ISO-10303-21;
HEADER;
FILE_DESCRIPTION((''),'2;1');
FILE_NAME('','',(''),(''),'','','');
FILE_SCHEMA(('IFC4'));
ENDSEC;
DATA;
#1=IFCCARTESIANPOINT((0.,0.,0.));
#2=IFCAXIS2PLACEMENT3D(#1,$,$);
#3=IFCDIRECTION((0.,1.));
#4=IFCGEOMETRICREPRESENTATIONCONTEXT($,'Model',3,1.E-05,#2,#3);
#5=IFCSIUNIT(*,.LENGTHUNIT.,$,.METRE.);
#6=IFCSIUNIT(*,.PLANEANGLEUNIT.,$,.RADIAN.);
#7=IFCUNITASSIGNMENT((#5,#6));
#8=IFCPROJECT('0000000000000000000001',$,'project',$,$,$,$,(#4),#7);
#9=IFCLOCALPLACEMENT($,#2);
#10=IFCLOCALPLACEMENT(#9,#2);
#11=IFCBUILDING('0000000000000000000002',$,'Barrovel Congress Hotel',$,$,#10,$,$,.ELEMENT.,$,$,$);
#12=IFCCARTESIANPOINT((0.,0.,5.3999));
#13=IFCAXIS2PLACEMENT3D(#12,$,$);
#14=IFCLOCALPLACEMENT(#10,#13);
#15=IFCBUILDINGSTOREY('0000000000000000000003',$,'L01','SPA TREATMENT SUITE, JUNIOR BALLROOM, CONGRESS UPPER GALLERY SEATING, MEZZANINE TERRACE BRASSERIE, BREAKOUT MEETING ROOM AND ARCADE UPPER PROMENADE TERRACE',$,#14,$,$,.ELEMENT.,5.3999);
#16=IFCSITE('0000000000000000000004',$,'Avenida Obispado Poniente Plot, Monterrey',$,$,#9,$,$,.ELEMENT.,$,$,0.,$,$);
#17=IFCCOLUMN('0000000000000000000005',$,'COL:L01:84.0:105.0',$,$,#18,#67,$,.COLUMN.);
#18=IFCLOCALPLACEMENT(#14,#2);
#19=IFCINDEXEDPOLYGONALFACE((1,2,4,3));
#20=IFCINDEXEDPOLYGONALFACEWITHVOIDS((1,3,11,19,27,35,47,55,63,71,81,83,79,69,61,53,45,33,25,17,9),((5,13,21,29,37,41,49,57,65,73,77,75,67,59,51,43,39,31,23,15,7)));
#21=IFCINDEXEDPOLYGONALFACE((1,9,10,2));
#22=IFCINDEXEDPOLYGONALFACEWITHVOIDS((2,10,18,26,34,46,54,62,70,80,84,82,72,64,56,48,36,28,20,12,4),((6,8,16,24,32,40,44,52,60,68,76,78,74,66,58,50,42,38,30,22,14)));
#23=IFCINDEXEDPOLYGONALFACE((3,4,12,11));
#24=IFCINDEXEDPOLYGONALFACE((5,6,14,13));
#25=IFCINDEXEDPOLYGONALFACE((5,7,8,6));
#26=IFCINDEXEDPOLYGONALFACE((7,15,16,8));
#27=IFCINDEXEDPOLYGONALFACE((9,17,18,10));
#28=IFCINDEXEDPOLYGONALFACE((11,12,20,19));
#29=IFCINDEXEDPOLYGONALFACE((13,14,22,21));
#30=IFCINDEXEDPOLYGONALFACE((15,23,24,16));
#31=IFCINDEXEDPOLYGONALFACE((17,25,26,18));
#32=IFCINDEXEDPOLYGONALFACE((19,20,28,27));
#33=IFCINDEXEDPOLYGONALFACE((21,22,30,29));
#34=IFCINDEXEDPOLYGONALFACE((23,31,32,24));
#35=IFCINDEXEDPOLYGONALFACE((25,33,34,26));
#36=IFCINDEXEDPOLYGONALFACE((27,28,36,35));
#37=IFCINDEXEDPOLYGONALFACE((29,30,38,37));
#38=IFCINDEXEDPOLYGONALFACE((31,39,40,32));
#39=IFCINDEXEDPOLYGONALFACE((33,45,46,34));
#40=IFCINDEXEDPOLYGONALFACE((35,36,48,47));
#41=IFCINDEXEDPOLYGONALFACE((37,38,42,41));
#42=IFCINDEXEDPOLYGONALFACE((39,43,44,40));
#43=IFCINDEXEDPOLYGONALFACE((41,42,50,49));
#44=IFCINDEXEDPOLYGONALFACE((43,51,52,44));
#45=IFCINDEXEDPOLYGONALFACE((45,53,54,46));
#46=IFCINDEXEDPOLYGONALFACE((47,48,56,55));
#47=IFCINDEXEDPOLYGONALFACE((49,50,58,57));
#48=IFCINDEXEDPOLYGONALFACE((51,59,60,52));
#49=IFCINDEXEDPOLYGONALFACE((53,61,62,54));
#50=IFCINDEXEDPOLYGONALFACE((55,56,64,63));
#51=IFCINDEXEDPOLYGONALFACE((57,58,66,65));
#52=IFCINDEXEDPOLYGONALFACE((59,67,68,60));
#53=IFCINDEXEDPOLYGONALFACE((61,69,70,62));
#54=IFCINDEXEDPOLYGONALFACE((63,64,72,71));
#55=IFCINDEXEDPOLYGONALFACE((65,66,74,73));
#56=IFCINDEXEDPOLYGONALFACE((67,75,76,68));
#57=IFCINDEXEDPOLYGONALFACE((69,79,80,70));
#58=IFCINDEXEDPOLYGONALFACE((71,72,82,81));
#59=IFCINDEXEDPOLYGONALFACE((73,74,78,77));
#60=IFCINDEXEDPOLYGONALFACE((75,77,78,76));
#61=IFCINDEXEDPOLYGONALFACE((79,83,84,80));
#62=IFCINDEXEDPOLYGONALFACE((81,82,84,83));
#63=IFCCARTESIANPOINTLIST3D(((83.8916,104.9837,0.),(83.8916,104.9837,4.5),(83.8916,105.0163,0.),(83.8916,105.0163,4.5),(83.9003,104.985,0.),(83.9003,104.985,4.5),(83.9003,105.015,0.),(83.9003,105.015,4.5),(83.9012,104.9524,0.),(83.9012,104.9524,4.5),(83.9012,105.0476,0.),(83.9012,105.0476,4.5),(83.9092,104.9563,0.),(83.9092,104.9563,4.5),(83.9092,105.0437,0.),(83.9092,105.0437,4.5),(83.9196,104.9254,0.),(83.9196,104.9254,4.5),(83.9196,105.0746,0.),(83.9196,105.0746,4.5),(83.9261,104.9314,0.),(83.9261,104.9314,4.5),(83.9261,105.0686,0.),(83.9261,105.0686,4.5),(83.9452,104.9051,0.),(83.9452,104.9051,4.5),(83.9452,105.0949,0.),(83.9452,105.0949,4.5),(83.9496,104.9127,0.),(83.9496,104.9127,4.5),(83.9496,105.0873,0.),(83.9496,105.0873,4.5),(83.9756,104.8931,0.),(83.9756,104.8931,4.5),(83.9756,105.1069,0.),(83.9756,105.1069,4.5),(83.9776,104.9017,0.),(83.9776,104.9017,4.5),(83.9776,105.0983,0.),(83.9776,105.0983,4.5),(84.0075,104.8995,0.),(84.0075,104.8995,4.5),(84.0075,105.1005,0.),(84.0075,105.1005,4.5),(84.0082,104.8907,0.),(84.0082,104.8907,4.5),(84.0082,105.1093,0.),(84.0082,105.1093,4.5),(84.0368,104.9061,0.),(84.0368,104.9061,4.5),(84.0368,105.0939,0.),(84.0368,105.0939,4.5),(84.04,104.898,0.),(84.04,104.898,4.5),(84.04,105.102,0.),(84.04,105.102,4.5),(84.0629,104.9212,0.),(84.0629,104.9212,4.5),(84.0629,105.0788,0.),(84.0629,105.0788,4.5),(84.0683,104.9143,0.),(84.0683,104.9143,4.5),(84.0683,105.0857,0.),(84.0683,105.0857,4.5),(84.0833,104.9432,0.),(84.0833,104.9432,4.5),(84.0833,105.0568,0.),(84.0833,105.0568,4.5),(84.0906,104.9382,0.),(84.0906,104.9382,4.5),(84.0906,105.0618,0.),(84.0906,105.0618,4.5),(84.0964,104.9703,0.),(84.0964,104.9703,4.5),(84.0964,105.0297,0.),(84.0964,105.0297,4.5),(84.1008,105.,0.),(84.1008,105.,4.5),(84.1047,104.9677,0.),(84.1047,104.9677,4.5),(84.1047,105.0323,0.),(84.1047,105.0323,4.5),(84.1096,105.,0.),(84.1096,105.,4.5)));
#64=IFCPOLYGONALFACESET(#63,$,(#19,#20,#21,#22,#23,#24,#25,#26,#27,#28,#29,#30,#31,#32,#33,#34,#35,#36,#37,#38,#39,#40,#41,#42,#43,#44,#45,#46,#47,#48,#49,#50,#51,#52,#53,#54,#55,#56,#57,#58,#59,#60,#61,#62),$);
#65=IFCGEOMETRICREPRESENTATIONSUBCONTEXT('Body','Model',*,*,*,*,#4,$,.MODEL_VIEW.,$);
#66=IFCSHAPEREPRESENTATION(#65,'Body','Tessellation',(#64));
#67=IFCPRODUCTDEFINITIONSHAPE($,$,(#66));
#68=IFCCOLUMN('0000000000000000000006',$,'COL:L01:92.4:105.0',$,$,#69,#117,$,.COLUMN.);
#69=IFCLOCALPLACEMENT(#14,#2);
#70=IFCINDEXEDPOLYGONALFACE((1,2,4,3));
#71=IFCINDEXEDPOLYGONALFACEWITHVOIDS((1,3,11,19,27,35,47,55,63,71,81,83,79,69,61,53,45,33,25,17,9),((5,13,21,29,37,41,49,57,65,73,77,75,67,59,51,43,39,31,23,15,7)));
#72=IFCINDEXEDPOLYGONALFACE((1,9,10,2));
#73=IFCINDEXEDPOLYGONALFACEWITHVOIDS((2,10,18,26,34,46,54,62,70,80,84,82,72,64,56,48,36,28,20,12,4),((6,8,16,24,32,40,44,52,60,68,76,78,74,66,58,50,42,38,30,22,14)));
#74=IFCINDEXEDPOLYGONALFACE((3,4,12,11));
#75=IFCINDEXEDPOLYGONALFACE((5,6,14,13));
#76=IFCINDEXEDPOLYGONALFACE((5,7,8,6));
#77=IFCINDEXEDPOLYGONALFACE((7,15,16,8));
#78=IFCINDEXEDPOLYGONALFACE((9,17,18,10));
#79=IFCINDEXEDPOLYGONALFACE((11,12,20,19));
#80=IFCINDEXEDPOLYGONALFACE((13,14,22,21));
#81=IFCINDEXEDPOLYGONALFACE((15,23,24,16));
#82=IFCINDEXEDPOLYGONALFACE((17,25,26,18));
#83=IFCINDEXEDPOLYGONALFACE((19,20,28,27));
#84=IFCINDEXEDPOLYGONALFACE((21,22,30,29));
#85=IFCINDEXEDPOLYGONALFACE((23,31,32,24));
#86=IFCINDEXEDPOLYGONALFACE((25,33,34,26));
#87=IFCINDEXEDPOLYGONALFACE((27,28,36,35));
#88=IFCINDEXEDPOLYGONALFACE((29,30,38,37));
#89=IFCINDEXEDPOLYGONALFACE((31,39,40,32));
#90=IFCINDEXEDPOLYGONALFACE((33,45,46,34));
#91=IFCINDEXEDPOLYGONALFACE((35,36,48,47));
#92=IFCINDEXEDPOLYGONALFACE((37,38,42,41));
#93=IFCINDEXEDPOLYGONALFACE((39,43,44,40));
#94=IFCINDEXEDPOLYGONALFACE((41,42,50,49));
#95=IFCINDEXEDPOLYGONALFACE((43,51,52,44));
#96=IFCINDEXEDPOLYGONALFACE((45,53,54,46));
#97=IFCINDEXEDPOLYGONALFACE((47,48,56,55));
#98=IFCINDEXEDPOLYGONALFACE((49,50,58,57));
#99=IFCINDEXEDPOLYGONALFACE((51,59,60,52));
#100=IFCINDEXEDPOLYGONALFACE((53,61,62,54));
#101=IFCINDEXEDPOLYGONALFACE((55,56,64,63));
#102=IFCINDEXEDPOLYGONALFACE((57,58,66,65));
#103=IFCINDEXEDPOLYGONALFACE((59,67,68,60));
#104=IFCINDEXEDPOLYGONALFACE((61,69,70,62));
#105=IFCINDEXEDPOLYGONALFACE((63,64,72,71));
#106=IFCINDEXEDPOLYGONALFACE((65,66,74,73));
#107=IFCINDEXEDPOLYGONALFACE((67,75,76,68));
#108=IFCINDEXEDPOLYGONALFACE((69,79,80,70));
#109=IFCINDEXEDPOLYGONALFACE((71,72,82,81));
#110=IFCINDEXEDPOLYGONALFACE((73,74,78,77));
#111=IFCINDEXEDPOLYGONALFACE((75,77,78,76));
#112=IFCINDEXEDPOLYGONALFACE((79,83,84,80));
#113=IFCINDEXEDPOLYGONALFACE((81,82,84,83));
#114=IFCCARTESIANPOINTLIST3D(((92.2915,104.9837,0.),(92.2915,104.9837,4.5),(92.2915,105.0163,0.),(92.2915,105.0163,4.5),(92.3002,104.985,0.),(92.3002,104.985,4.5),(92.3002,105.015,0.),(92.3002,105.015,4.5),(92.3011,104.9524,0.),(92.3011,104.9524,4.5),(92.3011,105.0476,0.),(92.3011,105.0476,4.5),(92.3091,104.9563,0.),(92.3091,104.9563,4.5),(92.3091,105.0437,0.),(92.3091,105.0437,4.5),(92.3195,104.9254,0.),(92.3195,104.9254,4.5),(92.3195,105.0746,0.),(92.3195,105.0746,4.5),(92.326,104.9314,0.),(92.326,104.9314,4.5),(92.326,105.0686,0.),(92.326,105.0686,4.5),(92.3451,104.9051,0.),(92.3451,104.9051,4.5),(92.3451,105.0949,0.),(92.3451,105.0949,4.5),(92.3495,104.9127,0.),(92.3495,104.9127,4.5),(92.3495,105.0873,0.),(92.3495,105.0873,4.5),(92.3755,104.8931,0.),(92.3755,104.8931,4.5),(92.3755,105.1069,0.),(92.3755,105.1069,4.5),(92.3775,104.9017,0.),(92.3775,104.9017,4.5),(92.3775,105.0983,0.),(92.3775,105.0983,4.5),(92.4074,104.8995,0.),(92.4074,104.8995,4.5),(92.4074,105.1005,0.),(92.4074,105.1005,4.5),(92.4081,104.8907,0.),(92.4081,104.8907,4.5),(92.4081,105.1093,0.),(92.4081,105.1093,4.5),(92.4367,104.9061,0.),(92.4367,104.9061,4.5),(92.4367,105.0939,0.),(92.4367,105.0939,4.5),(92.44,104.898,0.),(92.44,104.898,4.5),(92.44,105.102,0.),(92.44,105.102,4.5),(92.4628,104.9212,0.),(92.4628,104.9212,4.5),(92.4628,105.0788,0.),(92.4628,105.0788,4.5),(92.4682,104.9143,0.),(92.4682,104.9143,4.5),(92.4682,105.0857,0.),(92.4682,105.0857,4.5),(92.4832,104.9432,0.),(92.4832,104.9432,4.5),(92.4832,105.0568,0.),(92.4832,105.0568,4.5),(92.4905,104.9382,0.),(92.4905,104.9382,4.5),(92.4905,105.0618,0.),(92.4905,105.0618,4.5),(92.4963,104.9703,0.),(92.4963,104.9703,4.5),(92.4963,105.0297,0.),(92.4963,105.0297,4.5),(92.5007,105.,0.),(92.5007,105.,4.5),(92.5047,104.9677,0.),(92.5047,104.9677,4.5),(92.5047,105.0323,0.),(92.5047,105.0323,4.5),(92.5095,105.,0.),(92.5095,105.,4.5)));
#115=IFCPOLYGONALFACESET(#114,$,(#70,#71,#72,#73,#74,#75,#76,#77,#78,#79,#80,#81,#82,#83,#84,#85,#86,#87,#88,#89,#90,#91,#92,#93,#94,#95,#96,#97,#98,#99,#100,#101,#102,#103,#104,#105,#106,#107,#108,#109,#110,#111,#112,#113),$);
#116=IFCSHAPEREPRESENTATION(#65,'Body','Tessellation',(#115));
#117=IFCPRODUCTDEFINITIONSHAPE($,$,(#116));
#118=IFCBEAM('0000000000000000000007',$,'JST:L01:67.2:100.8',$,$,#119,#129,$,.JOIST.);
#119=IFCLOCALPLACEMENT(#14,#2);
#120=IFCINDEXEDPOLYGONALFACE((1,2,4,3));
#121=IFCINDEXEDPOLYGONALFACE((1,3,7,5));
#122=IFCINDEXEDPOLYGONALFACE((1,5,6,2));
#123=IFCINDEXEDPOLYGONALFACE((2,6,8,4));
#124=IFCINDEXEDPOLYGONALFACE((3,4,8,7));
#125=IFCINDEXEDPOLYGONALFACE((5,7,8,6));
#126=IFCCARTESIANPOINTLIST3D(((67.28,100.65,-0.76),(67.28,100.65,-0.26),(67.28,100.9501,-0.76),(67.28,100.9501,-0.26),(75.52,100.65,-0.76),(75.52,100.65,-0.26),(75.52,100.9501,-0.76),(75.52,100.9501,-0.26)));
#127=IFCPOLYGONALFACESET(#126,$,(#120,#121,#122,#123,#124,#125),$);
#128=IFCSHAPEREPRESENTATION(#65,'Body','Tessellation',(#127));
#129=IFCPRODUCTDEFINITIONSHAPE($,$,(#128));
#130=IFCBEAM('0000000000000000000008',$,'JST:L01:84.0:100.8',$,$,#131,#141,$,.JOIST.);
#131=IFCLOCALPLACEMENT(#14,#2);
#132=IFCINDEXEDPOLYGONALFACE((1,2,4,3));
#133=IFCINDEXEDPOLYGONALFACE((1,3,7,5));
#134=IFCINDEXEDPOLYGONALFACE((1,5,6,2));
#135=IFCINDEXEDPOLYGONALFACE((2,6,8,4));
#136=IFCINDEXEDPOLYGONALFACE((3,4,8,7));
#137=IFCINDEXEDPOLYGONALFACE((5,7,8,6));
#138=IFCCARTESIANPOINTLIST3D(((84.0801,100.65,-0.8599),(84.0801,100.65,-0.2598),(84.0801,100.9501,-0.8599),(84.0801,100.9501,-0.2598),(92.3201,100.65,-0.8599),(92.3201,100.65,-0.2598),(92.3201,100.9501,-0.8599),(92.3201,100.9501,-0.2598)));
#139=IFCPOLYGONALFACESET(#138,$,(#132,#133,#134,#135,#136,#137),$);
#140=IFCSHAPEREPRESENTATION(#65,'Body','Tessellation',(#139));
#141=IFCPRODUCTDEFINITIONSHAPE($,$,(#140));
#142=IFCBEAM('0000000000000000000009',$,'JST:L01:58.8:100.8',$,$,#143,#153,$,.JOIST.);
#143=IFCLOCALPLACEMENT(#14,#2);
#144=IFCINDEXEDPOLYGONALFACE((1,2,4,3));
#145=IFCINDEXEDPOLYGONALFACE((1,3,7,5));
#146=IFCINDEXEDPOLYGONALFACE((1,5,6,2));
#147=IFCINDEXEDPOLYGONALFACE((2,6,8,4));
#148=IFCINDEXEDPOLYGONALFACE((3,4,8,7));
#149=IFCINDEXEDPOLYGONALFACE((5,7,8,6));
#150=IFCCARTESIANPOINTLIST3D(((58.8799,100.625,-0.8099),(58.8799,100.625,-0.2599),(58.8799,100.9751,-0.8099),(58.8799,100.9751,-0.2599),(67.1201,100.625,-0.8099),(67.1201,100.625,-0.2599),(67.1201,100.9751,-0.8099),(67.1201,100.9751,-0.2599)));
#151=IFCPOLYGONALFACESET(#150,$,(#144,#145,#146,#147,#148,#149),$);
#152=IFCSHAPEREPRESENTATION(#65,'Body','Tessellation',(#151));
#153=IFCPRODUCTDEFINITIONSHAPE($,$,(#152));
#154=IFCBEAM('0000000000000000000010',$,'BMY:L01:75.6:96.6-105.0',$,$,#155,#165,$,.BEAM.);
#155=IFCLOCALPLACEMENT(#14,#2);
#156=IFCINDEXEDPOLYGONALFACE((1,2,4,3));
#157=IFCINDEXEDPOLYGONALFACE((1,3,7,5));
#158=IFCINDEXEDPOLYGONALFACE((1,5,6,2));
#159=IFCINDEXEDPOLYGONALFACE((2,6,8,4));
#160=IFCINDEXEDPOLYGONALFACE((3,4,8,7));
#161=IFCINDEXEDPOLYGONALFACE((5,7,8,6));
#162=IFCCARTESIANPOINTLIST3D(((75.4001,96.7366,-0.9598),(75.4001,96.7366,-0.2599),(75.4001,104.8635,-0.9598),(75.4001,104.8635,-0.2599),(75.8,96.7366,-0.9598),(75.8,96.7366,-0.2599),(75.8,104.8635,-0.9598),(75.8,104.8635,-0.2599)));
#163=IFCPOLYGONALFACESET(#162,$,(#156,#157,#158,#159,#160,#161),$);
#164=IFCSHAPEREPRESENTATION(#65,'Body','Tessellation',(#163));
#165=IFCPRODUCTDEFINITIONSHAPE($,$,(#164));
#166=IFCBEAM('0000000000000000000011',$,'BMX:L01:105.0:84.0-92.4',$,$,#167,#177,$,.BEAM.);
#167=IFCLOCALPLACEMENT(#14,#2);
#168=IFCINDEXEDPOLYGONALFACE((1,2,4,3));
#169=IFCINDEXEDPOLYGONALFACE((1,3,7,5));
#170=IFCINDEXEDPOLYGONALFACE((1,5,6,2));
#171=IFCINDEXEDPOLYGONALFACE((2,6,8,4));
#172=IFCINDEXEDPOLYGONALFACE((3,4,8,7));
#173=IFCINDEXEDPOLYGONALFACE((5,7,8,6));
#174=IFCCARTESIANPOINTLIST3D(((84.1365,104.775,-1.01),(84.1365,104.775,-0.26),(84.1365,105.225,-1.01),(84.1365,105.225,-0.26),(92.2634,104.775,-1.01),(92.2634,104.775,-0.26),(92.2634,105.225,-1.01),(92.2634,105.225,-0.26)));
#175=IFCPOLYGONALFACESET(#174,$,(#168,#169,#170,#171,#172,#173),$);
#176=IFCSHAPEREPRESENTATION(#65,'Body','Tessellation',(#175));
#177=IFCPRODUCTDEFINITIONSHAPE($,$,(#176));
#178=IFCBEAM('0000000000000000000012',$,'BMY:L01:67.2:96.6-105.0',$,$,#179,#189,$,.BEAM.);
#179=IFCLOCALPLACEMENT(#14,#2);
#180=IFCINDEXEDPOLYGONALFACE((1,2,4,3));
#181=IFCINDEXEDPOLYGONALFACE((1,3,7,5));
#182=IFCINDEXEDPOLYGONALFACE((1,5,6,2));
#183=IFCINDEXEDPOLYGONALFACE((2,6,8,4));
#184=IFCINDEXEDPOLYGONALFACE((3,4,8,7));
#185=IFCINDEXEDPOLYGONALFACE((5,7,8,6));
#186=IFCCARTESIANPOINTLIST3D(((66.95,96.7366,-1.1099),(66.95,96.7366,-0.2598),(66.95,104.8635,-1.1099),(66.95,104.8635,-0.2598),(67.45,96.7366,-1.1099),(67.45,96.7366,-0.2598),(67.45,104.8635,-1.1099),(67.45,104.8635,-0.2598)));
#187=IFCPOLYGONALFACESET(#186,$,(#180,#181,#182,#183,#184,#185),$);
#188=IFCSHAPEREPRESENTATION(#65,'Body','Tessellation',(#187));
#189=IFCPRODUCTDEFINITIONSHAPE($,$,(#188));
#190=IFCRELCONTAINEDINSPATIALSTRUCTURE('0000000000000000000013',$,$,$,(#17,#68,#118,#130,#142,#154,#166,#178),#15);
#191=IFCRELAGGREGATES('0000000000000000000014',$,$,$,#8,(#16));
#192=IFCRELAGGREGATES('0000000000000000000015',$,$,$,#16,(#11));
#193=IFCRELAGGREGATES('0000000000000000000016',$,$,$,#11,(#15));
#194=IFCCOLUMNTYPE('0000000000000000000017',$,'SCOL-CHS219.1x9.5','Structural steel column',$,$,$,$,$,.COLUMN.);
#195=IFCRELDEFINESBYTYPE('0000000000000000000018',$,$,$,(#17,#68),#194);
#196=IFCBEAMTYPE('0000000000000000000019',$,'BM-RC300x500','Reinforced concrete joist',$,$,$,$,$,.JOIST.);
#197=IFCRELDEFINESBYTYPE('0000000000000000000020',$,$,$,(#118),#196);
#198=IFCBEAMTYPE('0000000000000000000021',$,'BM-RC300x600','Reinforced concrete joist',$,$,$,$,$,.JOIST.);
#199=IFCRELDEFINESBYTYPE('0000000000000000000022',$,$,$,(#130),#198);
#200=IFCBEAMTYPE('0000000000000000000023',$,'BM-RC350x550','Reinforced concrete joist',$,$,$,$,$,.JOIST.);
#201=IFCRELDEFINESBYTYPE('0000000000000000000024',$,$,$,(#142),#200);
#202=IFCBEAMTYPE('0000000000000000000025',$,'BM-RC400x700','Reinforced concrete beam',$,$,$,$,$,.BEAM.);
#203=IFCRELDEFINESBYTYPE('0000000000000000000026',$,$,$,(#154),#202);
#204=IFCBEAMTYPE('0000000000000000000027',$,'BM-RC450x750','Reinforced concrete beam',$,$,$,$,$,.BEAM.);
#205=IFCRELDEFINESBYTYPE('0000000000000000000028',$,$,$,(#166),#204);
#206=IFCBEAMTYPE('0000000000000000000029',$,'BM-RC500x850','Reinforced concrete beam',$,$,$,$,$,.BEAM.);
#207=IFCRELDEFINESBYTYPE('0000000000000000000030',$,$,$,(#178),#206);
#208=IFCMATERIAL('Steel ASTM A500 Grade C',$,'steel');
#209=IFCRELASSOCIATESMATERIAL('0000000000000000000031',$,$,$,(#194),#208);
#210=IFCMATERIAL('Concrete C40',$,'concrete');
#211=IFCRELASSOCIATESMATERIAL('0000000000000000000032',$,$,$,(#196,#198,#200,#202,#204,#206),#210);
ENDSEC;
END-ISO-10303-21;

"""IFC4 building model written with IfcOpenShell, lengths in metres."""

from ifc_helpers import new_model, si_unit, direction, frame, origin, origin_2d, place, context, subcontext, project, spatial, rectangle, hollow_circle, extrude, material, material_profile, profile_set, type_object, element, save


model = new_model("IFC4")

# Units and contexts
model_context = context("Model", 3, precision=1e-05, world=origin(), true_north=direction((0.0, 1.0)))
body_context = subcontext(model_context, "Body", "Model", "MODEL_VIEW")
ifc_project = project(units=[si_unit("LENGTHUNIT", "METRE"), si_unit("PLANEANGLEUNIT", "RADIAN")], contexts=[model_context])

# Site, building, storey
site_placement = place(None, origin())
site = spatial("IfcSite", under=ifc_project, at=site_placement, Name="Avenida Obispado Poniente Plot, Monterrey", CompositionType="ELEMENT", RefElevation=0.0)
building_placement = place(site_placement, origin())
building = spatial("IfcBuilding", under=site, at=building_placement, Name="Barrovel Congress Hotel", CompositionType="ELEMENT")
storey_placement = place(building_placement, frame((0.0, 0.0, 5.3999)))
storey = spatial("IfcBuildingStorey", under=building, at=storey_placement, Name="L01", Description="SPA TREATMENT SUITE, JUNIOR BALLROOM, CONGRESS UPPER GALLERY SEATING, MEZZANINE TERRACE BRASSERIE, BREAKOUT MEETING ROOM AND ARCADE UPPER PROMENADE TERRACE", CompositionType="ELEMENT", Elevation=5.3999)

# Columns
ifc_material_1 = material(Name="Concrete C40", Category="concrete")
ifc_material_2 = material(Name="Steel ASTM A500 Grade C", Category="steel")
ifc_material_profile_1 = material_profile(ifc_material_2, hollow_circle(Radius=0.1096, WallThickness=0.0088, at=origin_2d()), Name="CHS219.1x9.5")
ifc_profile_set_1 = profile_set([ifc_material_profile_1], Name="Steel ASTM A500 Grade C")
column_type_1 = type_object("IfcColumnType", Name="SCOL-CHS219.1x9.5", Description="Structural steel column", PredefinedType="COLUMN", material=ifc_profile_set_1)
for number, where, z_axis, x_axis, name in (
    (1, (84.0, 105.0, 0.0), (0.0, 0.0, 1.0), (1.0, 0.0, 0.0), "COL:L01:84.0:105.0"),
    (2, (92.3999, 105.0, 0.0), (0.0, 0.0, 1.0), (1.0, 0.0, 0.0), "COL:L01:92.4:105.0"),
):
    element("IfcColumn", number, at=place(storey_placement, frame(where, z_axis=z_axis, x_axis=x_axis)), inside=storey, type_object=column_type_1, Name=name, PredefinedType="COLUMN", context=body_context, shape_type="SweptSolid", body=[
        extrude(hollow_circle(Radius=0.1096, WallThickness=0.0088, at=origin_2d()), origin(), (0.0, 0.0, 1.0), 4.5),
    ])

# Beams
ifc_material_profile_2 = material_profile(ifc_material_1, rectangle(XDim=0.3, YDim=0.5, at=origin_2d()), Name="RC300x500")
ifc_profile_set_2 = profile_set([ifc_material_profile_2], Name="Concrete C40")
beam_type_1 = type_object("IfcBeamType", Name="BM-RC300x500", Description="Reinforced concrete joist", PredefinedType="JOIST", material=ifc_profile_set_2)
beam_1_placement = place(storey_placement, frame((67.28, 100.8, -0.51), z_axis=(1.0, 0.0, 0.0), x_axis=(0.0, 1.0, 0.0)))
element("IfcBeam", 3, at=beam_1_placement, inside=storey, type_object=beam_type_1, Name="JST:L01:67.2:100.8", PredefinedType="JOIST", context=body_context, shape_type="SweptSolid", body=[
    extrude(rectangle(XDim=0.3, YDim=0.5, at=origin_2d()), origin(), (0.0, 0.0, 1.0), 8.24),
])
ifc_material_profile_3 = material_profile(ifc_material_1, rectangle(XDim=0.3, YDim=0.6001, at=origin_2d()), Name="RC300x600")
ifc_profile_set_3 = profile_set([ifc_material_profile_3], Name="Concrete C40")
beam_type_2 = type_object("IfcBeamType", Name="BM-RC300x600", Description="Reinforced concrete joist", PredefinedType="JOIST", material=ifc_profile_set_3)
beam_2_placement = place(storey_placement, frame((84.0801, 100.8, -0.5598), z_axis=(1.0, 0.0, 0.0), x_axis=(0.0, 1.0, 0.0)))
element("IfcBeam", 4, at=beam_2_placement, inside=storey, type_object=beam_type_2, Name="JST:L01:84.0:100.8", PredefinedType="JOIST", context=body_context, shape_type="SweptSolid", body=[
    extrude(rectangle(XDim=0.3, YDim=0.6001, at=origin_2d()), origin(), (0.0, 0.0, 1.0), 8.24),
])
ifc_material_profile_4 = material_profile(ifc_material_1, rectangle(XDim=0.3501, YDim=0.55, at=origin_2d()), Name="RC350x550")
ifc_profile_set_4 = profile_set([ifc_material_profile_4], Name="Concrete C40")
beam_type_3 = type_object("IfcBeamType", Name="BM-RC350x550", Description="Reinforced concrete joist", PredefinedType="JOIST", material=ifc_profile_set_4)
beam_3_placement = place(storey_placement, frame((58.8799, 100.8, -0.5349), z_axis=(1.0, 0.0, 0.0), x_axis=(0.0, 1.0, 0.0)))
element("IfcBeam", 5, at=beam_3_placement, inside=storey, type_object=beam_type_3, Name="JST:L01:58.8:100.8", PredefinedType="JOIST", context=body_context, shape_type="SweptSolid", body=[
    extrude(rectangle(XDim=0.3501, YDim=0.55, at=origin_2d()), origin(), (0.0, 0.0, 1.0), 8.2402),
])
ifc_material_profile_5 = material_profile(ifc_material_1, rectangle(XDim=0.3999, YDim=0.7, at=origin_2d()), Name="RC400x700")
ifc_profile_set_5 = profile_set([ifc_material_profile_5], Name="Concrete C40")
beam_type_4 = type_object("IfcBeamType", Name="BM-RC400x700", Description="Reinforced concrete beam", PredefinedType="BEAM", material=ifc_profile_set_5)
beam_4_placement = place(storey_placement, frame((75.6001, 96.7366, -0.6099), z_axis=(0.0, 1.0, 0.0), x_axis=(-1.0, 0.0, 0.0)))
element("IfcBeam", 6, at=beam_4_placement, inside=storey, type_object=beam_type_4, Name="BMY:L01:75.6:96.6-105.0", PredefinedType="BEAM", context=body_context, shape_type="SweptSolid", body=[
    extrude(rectangle(XDim=0.3999, YDim=0.7, at=origin_2d()), origin(), (0.0, 0.0, 1.0), 8.127),
])
ifc_material_profile_6 = material_profile(ifc_material_1, rectangle(XDim=0.45, YDim=0.75, at=origin_2d()), Name="RC450x750")
ifc_profile_set_6 = profile_set([ifc_material_profile_6], Name="Concrete C40")
beam_type_5 = type_object("IfcBeamType", Name="BM-RC450x750", Description="Reinforced concrete beam", PredefinedType="BEAM", material=ifc_profile_set_6)
beam_5_placement = place(storey_placement, frame((84.1365, 105.0, -0.635), z_axis=(1.0, 0.0, 0.0), x_axis=(0.0, 1.0, 0.0)))
element("IfcBeam", 7, at=beam_5_placement, inside=storey, type_object=beam_type_5, Name="BMX:L01:105.0:84.0-92.4", PredefinedType="BEAM", context=body_context, shape_type="SweptSolid", body=[
    extrude(rectangle(XDim=0.45, YDim=0.75, at=origin_2d()), origin(), (0.0, 0.0, 1.0), 8.127),
])
ifc_material_profile_7 = material_profile(ifc_material_1, rectangle(XDim=0.5, YDim=0.8501, at=origin_2d()), Name="RC500x850")
ifc_profile_set_7 = profile_set([ifc_material_profile_7], Name="Concrete C40")
beam_type_6 = type_object("IfcBeamType", Name="BM-RC500x850", Description="Reinforced concrete beam", PredefinedType="BEAM", material=ifc_profile_set_7)
for number, where, z_axis, x_axis, name in (
    (8, (67.2, 96.7366, -0.6848), (0.0, 1.0, 0.0), (-1.0, 0.0, 0.0), "BMY:L01:67.2:96.6-105.0"),
):
    element("IfcBeam", number, at=place(storey_placement, frame(where, z_axis=z_axis, x_axis=x_axis)), inside=storey, type_object=beam_type_6, Name=name, PredefinedType="BEAM", context=body_context, shape_type="SweptSolid", body=[
        extrude(rectangle(XDim=0.5, YDim=0.8501, at=origin_2d()), origin(), (0.0, 0.0, 1.0), 8.127),
    ])

save(model, "model.ifc")
